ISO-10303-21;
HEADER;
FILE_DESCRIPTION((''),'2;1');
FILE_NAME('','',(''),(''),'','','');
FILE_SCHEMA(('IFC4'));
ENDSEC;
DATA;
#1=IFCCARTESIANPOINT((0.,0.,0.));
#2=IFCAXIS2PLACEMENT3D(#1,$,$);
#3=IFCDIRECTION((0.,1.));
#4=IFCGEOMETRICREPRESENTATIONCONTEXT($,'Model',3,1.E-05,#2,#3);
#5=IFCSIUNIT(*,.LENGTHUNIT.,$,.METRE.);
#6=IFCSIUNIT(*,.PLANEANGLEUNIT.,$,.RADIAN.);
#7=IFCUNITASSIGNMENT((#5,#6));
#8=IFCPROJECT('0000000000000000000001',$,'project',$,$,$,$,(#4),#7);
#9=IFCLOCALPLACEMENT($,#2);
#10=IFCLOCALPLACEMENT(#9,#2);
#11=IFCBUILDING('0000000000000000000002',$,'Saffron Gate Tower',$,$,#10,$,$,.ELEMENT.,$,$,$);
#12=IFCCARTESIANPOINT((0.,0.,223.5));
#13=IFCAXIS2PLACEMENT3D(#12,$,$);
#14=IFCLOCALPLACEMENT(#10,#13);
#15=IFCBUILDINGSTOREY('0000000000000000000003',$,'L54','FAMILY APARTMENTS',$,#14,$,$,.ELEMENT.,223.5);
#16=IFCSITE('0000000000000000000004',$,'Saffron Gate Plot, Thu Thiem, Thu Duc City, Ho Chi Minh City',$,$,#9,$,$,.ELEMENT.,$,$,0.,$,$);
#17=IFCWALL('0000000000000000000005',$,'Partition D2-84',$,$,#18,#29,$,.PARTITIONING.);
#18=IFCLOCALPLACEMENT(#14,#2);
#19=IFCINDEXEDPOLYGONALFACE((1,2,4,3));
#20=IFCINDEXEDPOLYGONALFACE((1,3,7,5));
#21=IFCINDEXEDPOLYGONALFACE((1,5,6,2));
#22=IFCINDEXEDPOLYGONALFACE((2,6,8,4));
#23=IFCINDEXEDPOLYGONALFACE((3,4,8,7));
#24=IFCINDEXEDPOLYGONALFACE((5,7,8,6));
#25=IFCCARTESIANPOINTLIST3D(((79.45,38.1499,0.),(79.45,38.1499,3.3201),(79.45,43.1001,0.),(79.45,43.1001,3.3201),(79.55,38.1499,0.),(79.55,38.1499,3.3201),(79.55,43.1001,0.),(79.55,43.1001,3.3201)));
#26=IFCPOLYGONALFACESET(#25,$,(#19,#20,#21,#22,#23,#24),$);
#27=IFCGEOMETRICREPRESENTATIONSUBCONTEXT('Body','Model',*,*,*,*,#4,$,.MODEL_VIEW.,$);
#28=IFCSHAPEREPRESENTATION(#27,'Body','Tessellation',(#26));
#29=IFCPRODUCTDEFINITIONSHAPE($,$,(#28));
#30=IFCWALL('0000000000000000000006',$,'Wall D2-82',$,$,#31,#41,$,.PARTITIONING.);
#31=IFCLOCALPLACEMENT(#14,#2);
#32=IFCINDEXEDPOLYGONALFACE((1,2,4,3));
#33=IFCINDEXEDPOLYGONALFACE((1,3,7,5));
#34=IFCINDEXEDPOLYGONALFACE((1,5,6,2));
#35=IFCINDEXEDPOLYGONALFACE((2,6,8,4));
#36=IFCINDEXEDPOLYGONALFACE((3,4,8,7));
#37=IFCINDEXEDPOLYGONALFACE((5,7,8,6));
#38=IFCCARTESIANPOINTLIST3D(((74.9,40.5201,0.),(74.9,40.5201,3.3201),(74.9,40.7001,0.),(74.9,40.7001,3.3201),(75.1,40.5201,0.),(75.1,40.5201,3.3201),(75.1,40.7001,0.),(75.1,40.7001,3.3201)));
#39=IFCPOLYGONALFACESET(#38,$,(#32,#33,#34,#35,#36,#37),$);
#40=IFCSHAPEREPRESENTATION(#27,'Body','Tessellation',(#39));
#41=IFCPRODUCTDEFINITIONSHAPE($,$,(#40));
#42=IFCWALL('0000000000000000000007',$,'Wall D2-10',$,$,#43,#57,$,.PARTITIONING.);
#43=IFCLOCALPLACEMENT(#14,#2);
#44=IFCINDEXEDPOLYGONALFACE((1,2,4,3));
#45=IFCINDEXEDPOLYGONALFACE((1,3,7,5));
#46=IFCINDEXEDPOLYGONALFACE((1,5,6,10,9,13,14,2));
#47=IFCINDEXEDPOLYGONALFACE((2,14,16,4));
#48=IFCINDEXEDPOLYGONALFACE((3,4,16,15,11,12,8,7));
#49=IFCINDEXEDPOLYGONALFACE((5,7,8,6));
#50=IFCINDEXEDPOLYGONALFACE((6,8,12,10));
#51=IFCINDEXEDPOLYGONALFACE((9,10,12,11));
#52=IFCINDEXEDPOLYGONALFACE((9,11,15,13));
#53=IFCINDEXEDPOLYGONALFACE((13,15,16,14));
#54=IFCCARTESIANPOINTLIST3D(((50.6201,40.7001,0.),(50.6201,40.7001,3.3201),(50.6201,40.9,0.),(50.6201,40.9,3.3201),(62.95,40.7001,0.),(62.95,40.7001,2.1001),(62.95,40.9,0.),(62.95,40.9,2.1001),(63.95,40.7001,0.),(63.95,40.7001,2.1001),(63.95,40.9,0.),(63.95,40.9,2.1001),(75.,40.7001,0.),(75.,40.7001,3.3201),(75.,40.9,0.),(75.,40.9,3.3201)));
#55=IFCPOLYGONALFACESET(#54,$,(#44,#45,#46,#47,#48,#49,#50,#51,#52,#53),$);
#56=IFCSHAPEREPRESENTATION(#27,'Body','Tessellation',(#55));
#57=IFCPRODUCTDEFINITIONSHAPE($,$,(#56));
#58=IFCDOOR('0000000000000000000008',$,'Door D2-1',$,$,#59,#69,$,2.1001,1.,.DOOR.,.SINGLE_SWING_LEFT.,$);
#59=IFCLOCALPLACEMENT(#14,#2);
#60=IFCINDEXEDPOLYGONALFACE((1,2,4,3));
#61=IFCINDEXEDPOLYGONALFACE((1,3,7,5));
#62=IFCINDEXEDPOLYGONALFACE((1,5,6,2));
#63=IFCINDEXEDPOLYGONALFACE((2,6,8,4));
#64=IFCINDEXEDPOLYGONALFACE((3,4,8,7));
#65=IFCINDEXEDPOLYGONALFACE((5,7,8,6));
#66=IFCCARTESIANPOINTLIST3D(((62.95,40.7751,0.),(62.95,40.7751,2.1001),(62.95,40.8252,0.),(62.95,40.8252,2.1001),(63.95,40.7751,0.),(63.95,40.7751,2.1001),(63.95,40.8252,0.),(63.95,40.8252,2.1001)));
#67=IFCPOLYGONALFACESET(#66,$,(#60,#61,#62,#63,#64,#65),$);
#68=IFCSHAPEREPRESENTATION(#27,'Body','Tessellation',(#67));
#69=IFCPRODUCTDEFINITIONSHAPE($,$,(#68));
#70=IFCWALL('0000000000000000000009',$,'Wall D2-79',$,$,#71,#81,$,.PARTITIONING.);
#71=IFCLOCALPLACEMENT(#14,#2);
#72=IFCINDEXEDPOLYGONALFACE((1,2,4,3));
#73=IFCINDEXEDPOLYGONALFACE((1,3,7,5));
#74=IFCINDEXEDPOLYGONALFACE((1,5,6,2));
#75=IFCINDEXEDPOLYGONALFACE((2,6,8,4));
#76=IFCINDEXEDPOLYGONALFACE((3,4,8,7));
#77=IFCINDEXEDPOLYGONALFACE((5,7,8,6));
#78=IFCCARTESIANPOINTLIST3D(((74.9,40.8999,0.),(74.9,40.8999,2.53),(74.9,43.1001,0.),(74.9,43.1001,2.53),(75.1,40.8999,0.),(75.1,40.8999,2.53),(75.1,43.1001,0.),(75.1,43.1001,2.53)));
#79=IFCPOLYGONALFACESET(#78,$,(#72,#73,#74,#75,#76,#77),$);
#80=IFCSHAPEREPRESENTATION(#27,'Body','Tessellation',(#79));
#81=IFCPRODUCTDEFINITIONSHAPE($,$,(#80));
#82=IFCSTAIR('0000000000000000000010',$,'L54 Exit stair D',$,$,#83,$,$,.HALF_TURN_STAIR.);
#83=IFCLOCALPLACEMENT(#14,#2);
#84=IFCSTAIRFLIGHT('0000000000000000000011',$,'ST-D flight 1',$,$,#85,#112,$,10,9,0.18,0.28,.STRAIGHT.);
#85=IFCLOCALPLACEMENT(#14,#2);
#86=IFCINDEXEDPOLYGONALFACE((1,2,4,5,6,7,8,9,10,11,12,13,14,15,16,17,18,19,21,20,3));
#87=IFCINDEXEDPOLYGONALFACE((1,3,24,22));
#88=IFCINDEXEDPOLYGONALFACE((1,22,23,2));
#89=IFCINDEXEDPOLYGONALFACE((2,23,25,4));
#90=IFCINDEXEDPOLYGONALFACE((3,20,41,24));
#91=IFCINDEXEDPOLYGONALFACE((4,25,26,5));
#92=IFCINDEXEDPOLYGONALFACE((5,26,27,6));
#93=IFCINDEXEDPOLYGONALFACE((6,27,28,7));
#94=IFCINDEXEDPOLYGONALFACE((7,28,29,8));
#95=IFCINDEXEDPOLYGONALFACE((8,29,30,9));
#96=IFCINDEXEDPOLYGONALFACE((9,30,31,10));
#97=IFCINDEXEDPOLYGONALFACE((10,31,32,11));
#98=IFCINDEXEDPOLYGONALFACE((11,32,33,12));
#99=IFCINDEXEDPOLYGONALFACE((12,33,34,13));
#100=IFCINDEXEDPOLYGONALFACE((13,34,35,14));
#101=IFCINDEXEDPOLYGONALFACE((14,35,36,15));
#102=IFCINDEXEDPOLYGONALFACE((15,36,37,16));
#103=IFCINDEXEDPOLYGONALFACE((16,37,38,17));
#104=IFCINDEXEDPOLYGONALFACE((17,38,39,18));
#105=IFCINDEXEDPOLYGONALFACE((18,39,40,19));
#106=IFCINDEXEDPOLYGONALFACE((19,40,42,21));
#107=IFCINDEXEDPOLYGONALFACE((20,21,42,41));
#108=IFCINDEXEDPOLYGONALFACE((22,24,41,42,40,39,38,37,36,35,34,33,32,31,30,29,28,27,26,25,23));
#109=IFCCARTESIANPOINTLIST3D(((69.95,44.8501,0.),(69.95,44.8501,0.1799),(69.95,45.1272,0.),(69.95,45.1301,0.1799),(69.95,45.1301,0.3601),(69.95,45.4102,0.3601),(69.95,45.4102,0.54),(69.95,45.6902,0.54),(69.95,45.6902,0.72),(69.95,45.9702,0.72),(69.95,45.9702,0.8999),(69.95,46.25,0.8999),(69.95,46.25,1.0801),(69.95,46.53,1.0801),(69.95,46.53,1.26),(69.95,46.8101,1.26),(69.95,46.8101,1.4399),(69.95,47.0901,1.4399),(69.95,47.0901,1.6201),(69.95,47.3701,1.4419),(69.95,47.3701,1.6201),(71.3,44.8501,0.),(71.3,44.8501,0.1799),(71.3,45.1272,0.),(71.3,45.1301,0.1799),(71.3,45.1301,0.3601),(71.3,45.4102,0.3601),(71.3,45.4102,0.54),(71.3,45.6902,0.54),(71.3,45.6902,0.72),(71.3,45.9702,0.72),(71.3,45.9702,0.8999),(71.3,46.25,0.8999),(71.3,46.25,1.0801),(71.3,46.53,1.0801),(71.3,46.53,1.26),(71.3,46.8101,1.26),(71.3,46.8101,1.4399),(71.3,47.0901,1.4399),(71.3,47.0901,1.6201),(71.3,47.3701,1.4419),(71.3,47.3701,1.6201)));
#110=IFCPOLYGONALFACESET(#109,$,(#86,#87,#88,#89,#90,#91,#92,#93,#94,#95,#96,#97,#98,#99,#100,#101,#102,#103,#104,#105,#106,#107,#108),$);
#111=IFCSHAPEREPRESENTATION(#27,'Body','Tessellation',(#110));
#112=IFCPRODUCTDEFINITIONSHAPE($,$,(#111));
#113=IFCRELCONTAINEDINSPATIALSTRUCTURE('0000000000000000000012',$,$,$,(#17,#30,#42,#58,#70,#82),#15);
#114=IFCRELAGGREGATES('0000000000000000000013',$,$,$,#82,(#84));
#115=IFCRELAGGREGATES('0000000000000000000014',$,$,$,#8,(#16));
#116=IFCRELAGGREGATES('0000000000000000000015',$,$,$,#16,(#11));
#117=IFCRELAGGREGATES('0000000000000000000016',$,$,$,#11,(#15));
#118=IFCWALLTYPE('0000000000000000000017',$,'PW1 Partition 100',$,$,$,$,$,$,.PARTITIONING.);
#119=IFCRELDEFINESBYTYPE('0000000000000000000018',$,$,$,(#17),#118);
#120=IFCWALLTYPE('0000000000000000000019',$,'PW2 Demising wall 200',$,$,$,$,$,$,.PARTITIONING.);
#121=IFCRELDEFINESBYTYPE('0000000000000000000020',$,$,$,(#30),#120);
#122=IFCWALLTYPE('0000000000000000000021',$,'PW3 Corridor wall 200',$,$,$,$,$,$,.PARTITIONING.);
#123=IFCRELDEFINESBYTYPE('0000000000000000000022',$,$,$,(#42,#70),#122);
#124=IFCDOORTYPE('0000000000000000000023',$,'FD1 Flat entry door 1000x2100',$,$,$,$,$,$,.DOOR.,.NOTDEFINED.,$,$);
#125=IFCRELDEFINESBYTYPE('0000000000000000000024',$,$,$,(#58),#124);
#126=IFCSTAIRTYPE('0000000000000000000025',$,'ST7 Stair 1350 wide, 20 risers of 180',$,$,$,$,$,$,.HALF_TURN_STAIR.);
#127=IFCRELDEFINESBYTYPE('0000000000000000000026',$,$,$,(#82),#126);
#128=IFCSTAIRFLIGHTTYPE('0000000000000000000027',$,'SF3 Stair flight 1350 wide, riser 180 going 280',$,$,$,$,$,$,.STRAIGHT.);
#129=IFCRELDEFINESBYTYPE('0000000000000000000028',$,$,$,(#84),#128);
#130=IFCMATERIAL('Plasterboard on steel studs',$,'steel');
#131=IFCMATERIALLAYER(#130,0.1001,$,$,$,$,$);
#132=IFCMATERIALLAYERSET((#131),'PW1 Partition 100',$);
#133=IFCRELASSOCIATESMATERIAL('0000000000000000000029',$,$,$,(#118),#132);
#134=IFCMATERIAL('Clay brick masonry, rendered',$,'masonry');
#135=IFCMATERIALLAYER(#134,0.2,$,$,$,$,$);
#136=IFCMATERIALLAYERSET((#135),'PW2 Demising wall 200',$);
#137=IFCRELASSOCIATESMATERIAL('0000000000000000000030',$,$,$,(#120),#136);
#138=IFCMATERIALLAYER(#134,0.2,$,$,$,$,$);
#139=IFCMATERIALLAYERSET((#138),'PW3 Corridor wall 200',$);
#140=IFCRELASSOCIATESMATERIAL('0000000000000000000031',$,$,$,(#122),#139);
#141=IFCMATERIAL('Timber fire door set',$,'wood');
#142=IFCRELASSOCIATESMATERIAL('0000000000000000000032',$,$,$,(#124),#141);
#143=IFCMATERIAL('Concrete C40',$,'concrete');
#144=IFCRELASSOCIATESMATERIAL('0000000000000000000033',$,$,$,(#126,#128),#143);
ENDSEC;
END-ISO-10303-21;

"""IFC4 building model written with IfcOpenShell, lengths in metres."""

from ifc_helpers import new_model, si_unit, direction, frame, frame_2d, origin, place, context, subcontext, project, spatial, polyline, rectangle, outline, extrude, material, layer, layer_set, type_object, element, fill, aggregate, save


model = new_model("IFC4")

# Units and contexts
model_context = context("Model", 3, precision=1e-05, world=origin(), true_north=direction((0.0, 1.0)))
body_context = subcontext(model_context, "Body", "Model", "MODEL_VIEW")
ifc_project = project(units=[si_unit("LENGTHUNIT", "METRE"), si_unit("PLANEANGLEUNIT", "RADIAN")], contexts=[model_context])

# Site, building, storey
site_placement = place(None, origin())
site = spatial("IfcSite", under=ifc_project, at=site_placement, Name="Saffron Gate Plot, Thu Thiem, Thu Duc City, Ho Chi Minh City", CompositionType="ELEMENT", RefElevation=0.0)
building_placement = place(site_placement, origin())
building = spatial("IfcBuilding", under=site, at=building_placement, Name="Saffron Gate Tower", CompositionType="ELEMENT")
storey_placement = place(building_placement, frame((0.0, 0.0, 223.5)))
storey = spatial("IfcBuildingStorey", under=building, at=storey_placement, Name="L54", Description="FAMILY APARTMENTS", CompositionType="ELEMENT", Elevation=223.5)

# Walls
ifc_material_1 = material(Name="Plasterboard on steel studs", Category="steel")
ifc_layer_1 = layer(ifc_material_1, 0.1001)
ifc_layer_set_1 = layer_set([ifc_layer_1], Name="PW1 Partition 100")
wall_type_1 = type_object("IfcWallType", Name="PW1 Partition 100", PredefinedType="PARTITIONING", material=ifc_layer_set_1)
wall_1_placement = place(storey_placement, frame((79.5, 43.1001, 0.0), z_axis=(0.0, 0.0, 1.0), x_axis=(0.0, -1.0, 0.0)))
element("IfcWall", 1, at=wall_1_placement, inside=storey, type_object=wall_type_1, Name="Partition D2-84", PredefinedType="PARTITIONING", context=body_context, shape_type="SweptSolid", body=[
    extrude(rectangle(XDim=4.9502, YDim=0.1001, at=frame_2d((2.4751, 0.0))), origin(), (0.0, 0.0, 1.0), 3.3201),
])
ifc_material_2 = material(Name="Clay brick masonry, rendered", Category="masonry")
ifc_layer_2 = layer(ifc_material_2, 0.2)
ifc_layer_set_2 = layer_set([ifc_layer_2], Name="PW2 Demising wall 200")
wall_type_2 = type_object("IfcWallType", Name="PW2 Demising wall 200", PredefinedType="PARTITIONING", material=ifc_layer_set_2)
wall_2_placement = place(storey_placement, frame((75.0, 40.7, 0.0), z_axis=(0.0, 0.0, 1.0), x_axis=(0.0, -1.0, 0.0)))
element("IfcWall", 2, at=wall_2_placement, inside=storey, type_object=wall_type_2, Name="Wall D2-82", PredefinedType="PARTITIONING", context=body_context, shape_type="SweptSolid", body=[
    extrude(rectangle(XDim=0.1799, YDim=0.2, at=frame_2d((0.0898, 0.0))), origin(), (0.0, 0.0, 1.0), 3.3201),
])

# Wall, opening, door
ifc_layer_3 = layer(ifc_material_2, 0.2)
ifc_layer_set_3 = layer_set([ifc_layer_3], Name="PW3 Corridor wall 200")
wall_type_3 = type_object("IfcWallType", Name="PW3 Corridor wall 200", PredefinedType="PARTITIONING", material=ifc_layer_set_3)
wall_3_placement = place(storey_placement, frame((75.0, 40.8, 0.0), z_axis=(0.0, 0.0, 1.0), x_axis=(-1.0, 0.0, 0.0)))
wall_3 = element("IfcWall", 3, at=wall_3_placement, inside=storey, type_object=wall_type_3, Name="Wall D2-10", PredefinedType="PARTITIONING", context=body_context, shape_type="SweptSolid", body=[
    extrude(rectangle(XDim=24.3799, YDim=0.2, at=frame_2d((12.1899, 0.0))), origin(), (0.0, 0.0, 1.0), 3.3201),
])
opening_1_placement = place(wall_3_placement, frame((11.05, 0.0, 0.0)))
opening_1 = element("IfcOpeningElement", 4, at=opening_1_placement, cuts=wall_3, PredefinedType="OPENING", context=body_context, shape_type="SweptSolid", body=[
    extrude(rectangle(XDim=1.0, YDim=2.1001, at=frame_2d((0.5, 1.05))), frame((0.0, 0.1099, 0.0), z_axis=(0.0, -1.0, 0.0), x_axis=(1.0, 0.0, 0.0)), (0.0, 0.0, 1.0), 0.22),
])
ifc_material_3 = material(Name="Timber fire door set", Category="wood")
door_type_1 = type_object("IfcDoorType", Name="FD1 Flat entry door 1000x2100", OperationType="NOTDEFINED", PredefinedType="DOOR", material=ifc_material_3)
door_1_placement = place(opening_1_placement, origin())
door_1 = element("IfcDoor", 5, at=door_1_placement, inside=storey, type_object=door_type_1, Name="Door D2-1", OperationType="SINGLE_SWING_LEFT", OverallHeight=2.1001, OverallWidth=1.0, PredefinedType="DOOR", context=body_context, shape_type="SweptSolid", body=[
    extrude(rectangle(XDim=1.0, YDim=2.1001, at=frame_2d((0.5, 1.05))), frame((0.0, 0.0249, 0.0), z_axis=(0.0, -1.0, 0.0), x_axis=(1.0, 0.0, 0.0)), (0.0, 0.0, 1.0), 0.05),
])
fill(opening_1, door_1)

# Wall
wall_4_placement = place(storey_placement, frame((75.0, 43.1001, 0.0), z_axis=(0.0, 0.0, 1.0), x_axis=(0.0, -1.0, 0.0)))
element("IfcWall", 6, at=wall_4_placement, inside=storey, type_object=wall_type_3, Name="Wall D2-79", PredefinedType="PARTITIONING", context=body_context, shape_type="SweptSolid", body=[
    extrude(rectangle(XDim=2.2002, YDim=0.2, at=frame_2d((1.1001, 0.0))), origin(), (0.0, 0.0, 1.0), 2.53),
])

# Stair, stair flight
ifc_material_4 = material(Name="Concrete C40", Category="concrete")
stair_type = type_object("IfcStairType", Name="ST7 Stair 1350 wide, 20 risers of 180", PredefinedType="HALF_TURN_STAIR", material=ifc_material_4)
stair_placement = place(storey_placement, origin())
stair = element("IfcStair", 7, at=stair_placement, inside=storey, type_object=stair_type, Name="L54 Exit stair D", PredefinedType="HALF_TURN_STAIR")
stair_flight_type = type_object("IfcStairFlightType", Name="SF3 Stair flight 1350 wide, riser 180 going 280", PredefinedType="STRAIGHT", material=ifc_material_4)
stair_flight_placement = place(storey_placement, frame((70.625, 44.8501, 0.0), z_axis=(0.0, 0.0, 1.0), x_axis=(0.0, 1.0, 0.0)))
stair_flight = element("IfcStairFlight", 8, at=stair_flight_placement, type_object=stair_flight_type, Name="ST-D flight 1", NumberOfRisers=10, NumberOfTreads=9, PredefinedType="STRAIGHT", RiserHeight=0.18, TreadLength=0.28, context=body_context, shape_type="SweptSolid", body=[
    extrude(outline(polyline([(0.0, 0.0), (0.0, 0.1799), (0.28, 0.1799), (0.28, 0.3601), (0.5601, 0.3601), (0.5601, 0.54), (0.8401, 0.54), (0.8401, 0.72), (1.1201, 0.72), (1.1201, 0.8999), (1.3999, 0.8999), (1.3999, 1.0801), (1.6799, 1.0801), (1.6799, 1.26), (1.96, 1.26), (1.96, 1.4399), (2.24, 1.4399), (2.24, 1.6201), (2.52, 1.6201), (2.52, 1.8), (2.52, 1.4419), (0.2771, 0.0), (0.0, 0.0)])), frame((0.0, 0.675, 0.0), z_axis=(0.0, -1.0, 0.0), x_axis=(1.0, 0.0, 0.0)), (0.0, 0.0, 1.0), 1.3501),
])
aggregate(stair, [stair_flight])

save(model, "model.ifc")
